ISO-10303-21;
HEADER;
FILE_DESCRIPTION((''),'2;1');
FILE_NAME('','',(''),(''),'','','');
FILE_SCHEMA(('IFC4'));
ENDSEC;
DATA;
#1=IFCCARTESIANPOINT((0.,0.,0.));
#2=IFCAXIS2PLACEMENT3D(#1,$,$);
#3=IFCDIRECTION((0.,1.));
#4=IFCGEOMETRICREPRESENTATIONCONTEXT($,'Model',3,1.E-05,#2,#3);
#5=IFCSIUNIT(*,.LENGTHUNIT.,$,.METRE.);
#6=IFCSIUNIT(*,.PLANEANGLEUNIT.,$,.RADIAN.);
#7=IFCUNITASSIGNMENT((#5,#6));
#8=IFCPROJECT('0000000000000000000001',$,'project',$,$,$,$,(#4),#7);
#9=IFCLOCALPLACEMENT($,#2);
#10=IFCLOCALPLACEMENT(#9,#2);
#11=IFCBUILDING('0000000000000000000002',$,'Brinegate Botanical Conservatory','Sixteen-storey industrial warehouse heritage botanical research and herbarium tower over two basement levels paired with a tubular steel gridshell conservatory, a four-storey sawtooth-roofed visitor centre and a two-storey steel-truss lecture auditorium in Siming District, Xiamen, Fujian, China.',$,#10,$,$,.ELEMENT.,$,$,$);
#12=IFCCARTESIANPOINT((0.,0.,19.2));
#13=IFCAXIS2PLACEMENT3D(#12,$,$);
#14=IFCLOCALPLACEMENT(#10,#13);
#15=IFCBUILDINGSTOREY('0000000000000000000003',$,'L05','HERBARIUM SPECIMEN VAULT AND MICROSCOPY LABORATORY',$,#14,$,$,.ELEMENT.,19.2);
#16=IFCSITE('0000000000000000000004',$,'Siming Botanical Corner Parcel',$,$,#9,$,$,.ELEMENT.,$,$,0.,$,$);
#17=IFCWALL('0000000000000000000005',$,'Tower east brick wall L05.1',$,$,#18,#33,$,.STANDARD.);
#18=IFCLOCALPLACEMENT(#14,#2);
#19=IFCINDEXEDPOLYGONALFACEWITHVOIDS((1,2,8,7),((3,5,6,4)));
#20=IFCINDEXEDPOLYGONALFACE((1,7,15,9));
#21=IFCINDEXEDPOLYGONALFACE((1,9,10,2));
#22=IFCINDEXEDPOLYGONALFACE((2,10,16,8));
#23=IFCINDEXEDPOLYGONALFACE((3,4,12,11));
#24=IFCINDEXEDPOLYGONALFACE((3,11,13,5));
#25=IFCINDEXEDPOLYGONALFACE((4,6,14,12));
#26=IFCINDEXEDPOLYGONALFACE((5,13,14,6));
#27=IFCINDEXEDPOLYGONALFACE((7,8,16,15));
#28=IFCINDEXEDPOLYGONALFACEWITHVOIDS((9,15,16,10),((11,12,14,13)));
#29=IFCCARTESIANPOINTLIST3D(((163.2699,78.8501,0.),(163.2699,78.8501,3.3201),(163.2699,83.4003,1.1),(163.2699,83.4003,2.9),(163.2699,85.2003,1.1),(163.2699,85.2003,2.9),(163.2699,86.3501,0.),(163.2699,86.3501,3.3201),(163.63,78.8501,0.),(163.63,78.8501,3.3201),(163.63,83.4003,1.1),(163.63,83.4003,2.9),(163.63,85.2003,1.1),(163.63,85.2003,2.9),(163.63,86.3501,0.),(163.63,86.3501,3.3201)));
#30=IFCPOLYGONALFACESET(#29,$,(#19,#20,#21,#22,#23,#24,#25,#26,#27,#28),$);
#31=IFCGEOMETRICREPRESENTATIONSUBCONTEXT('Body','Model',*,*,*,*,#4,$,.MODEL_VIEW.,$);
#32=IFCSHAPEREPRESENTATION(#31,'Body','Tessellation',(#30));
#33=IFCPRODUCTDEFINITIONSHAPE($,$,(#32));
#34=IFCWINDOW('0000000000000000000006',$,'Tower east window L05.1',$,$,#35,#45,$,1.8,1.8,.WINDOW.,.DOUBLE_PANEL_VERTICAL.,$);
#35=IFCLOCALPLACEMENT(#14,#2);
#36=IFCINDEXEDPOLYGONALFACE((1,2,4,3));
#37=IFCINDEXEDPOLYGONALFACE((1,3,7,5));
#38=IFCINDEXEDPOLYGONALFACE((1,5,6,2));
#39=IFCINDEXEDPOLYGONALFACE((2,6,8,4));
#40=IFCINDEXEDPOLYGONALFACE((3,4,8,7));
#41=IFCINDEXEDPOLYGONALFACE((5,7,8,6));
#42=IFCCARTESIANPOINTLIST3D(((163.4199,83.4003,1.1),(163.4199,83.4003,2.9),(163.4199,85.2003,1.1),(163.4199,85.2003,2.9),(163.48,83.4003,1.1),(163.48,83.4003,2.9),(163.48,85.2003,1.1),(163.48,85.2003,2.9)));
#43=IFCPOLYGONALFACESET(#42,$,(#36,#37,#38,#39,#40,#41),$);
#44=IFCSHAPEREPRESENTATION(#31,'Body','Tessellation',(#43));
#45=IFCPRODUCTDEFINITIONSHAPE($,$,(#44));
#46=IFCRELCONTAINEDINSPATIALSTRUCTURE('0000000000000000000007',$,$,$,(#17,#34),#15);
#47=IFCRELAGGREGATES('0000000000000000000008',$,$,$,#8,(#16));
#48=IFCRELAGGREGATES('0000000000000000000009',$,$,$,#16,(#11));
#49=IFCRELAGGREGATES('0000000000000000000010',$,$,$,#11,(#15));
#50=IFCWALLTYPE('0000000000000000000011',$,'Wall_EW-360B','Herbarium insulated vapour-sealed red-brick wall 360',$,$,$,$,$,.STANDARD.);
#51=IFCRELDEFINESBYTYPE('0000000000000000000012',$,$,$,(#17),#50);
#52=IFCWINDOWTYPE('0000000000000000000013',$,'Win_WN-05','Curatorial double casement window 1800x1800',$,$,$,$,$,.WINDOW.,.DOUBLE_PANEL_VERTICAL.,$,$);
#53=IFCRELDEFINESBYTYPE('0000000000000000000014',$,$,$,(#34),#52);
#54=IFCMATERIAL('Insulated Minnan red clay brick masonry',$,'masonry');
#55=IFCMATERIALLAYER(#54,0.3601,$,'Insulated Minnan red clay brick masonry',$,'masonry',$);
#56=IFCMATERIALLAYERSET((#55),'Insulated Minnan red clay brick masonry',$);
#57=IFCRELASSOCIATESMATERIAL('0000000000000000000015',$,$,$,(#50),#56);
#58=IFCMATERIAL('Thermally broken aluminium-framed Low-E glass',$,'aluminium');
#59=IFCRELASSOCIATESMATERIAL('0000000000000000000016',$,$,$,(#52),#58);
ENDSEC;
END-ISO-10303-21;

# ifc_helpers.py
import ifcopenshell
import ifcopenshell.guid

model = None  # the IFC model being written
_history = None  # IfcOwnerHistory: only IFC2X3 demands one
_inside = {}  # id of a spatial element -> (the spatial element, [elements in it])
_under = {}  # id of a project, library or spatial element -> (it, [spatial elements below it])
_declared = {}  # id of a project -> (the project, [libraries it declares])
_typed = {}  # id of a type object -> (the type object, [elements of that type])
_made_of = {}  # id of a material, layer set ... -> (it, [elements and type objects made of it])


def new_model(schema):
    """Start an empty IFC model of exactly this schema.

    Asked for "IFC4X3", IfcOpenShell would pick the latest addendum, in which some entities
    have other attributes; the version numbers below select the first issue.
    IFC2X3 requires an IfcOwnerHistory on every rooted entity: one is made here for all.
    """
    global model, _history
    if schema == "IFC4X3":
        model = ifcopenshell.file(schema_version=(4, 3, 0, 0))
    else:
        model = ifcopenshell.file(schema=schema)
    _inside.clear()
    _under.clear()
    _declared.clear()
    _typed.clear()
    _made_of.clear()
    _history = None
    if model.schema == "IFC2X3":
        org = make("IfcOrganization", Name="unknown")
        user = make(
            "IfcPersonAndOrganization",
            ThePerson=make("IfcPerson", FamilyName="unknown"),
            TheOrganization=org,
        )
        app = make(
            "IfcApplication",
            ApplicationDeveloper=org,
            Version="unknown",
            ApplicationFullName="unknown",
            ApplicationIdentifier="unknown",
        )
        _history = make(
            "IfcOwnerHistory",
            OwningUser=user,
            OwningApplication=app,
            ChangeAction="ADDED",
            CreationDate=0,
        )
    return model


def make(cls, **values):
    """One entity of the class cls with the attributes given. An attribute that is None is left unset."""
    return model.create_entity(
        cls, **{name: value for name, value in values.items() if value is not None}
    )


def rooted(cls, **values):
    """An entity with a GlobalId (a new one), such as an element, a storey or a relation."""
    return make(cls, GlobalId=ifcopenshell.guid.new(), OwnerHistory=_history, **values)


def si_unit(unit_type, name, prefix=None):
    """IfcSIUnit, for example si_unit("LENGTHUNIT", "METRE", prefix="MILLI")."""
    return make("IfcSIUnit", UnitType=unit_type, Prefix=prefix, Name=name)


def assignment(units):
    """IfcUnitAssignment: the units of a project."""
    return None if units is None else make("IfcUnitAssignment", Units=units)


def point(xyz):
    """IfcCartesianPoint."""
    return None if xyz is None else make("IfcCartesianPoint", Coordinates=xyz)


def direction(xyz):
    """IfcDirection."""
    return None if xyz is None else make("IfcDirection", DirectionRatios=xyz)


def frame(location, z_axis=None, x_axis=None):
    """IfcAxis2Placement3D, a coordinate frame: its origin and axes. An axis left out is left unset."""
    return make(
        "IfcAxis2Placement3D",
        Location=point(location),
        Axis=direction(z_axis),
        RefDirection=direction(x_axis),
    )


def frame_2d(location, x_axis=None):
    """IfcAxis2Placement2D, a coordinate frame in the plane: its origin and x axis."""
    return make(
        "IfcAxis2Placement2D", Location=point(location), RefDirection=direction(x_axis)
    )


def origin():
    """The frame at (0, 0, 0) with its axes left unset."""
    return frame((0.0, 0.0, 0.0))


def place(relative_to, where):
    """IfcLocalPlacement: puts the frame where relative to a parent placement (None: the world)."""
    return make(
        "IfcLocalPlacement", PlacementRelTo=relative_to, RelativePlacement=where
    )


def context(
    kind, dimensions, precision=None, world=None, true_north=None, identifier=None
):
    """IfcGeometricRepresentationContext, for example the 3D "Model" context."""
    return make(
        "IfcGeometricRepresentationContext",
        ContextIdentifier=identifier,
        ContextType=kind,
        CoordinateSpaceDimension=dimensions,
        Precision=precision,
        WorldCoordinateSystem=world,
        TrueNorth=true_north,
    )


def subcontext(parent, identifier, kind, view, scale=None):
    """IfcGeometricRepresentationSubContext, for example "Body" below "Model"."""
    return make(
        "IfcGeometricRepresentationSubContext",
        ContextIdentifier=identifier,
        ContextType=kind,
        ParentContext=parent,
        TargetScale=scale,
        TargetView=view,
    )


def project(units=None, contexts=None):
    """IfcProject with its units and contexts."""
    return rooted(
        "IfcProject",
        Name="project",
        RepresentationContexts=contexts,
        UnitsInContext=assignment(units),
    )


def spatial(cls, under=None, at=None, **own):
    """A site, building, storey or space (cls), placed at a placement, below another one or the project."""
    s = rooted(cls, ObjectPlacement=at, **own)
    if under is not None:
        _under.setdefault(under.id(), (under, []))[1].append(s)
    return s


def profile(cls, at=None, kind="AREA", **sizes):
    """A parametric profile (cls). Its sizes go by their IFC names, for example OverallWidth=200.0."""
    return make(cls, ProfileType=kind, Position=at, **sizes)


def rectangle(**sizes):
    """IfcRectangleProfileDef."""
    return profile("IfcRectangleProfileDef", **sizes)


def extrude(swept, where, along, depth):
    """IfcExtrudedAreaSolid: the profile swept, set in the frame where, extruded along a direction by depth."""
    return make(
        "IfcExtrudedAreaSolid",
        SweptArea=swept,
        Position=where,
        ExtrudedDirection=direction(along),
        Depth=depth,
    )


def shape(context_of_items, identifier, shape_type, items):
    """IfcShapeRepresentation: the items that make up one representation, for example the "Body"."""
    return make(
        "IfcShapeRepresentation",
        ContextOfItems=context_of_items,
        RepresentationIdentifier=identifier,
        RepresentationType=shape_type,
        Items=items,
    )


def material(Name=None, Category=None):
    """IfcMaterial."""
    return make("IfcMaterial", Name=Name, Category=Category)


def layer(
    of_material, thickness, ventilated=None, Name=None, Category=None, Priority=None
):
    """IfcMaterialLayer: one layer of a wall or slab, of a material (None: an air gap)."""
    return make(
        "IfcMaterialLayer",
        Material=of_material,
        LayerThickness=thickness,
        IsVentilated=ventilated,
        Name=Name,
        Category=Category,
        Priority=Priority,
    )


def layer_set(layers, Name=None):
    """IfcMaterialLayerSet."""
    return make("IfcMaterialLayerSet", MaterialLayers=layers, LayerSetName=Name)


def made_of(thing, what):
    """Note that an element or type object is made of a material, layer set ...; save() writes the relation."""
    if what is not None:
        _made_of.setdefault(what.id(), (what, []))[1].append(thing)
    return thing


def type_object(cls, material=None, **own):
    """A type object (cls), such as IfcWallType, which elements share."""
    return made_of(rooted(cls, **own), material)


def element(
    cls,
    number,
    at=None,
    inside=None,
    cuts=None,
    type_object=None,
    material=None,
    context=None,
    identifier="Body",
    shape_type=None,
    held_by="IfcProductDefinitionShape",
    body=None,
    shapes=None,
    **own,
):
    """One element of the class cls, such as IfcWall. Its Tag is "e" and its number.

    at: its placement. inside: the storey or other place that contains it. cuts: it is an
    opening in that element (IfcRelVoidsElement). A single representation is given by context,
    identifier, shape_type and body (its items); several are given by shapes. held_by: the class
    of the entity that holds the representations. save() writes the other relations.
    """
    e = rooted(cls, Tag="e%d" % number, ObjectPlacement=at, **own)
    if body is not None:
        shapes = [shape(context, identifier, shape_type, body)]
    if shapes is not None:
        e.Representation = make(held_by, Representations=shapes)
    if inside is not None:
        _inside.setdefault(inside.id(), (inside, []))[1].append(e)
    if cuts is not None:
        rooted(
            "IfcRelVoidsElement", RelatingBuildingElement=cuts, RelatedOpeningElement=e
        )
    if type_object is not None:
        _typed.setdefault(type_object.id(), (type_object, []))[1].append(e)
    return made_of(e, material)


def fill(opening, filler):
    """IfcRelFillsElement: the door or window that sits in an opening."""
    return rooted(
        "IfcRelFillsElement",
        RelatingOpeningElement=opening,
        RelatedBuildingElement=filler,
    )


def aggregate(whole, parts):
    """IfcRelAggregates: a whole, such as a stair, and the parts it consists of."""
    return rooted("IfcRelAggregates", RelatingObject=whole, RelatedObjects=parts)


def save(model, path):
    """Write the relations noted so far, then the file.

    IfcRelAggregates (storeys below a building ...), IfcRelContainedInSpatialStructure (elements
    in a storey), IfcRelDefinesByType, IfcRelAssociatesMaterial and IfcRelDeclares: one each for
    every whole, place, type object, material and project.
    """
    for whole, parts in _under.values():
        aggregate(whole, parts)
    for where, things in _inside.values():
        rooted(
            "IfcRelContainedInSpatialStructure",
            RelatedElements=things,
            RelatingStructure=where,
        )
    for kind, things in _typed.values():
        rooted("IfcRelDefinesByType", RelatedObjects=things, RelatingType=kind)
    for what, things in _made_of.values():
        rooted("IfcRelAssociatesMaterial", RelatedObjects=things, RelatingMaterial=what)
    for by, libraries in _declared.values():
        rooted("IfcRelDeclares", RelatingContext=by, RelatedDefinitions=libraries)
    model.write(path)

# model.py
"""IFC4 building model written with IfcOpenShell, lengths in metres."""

from ifc_helpers import new_model, si_unit, direction, frame, frame_2d, origin, place, context, subcontext, project, spatial, rectangle, extrude, material, layer, layer_set, type_object, element, fill, save


model = new_model("IFC4")

# Units and contexts
model_context = context("Model", 3, precision=1e-05, world=origin(), true_north=direction((0.0, 1.0)))
body_context = subcontext(model_context, "Body", "Model", "MODEL_VIEW")
ifc_project = project(units=[si_unit("LENGTHUNIT", "METRE"), si_unit("PLANEANGLEUNIT", "RADIAN")], contexts=[model_context])

# Site, building, storey
site_placement = place(None, origin())
site = spatial("IfcSite", under=ifc_project, at=site_placement, Name="Siming Botanical Corner Parcel", CompositionType="ELEMENT", RefElevation=0.0)
building_placement = place(site_placement, origin())
building = spatial("IfcBuilding", under=site, at=building_placement, Name="Brinegate Botanical Conservatory", Description="Sixteen-storey industrial warehouse heritage botanical research and herbarium tower over two basement levels paired with a tubular steel gridshell conservatory, a four-storey sawtooth-roofed visitor centre and a two-storey steel-truss lecture auditorium in Siming District, Xiamen, Fujian, China.", CompositionType="ELEMENT")
storey_placement = place(building_placement, frame((0.0, 0.0, 19.2)))
storey = spatial("IfcBuildingStorey", under=building, at=storey_placement, Name="L05", Description="HERBARIUM SPECIMEN VAULT AND MICROSCOPY LABORATORY", CompositionType="ELEMENT", Elevation=19.2)

# Wall, opening, window
ifc_material_1 = material(Name="Insulated Minnan red clay brick masonry", Category="masonry")
ifc_layer = layer(ifc_material_1, 0.3601, Name="Insulated Minnan red clay brick masonry", Category="masonry")
ifc_layer_set = layer_set([ifc_layer], Name="Insulated Minnan red clay brick masonry")
wall_type = type_object("IfcWallType", Name="Wall_EW-360B", Description="Herbarium insulated vapour-sealed red-brick wall 360", PredefinedType="STANDARD", material=ifc_layer_set)
ifc_material_2 = material(Name="Thermally broken aluminium-framed Low-E glass", Category="aluminium")
wall_1_placement = place(storey_placement, frame((163.45, 86.3501, 0.0), z_axis=(0.0, 0.0, 1.0), x_axis=(0.0, -1.0, 0.0)))
wall_1 = element("IfcWall", 1, at=wall_1_placement, inside=storey, type_object=wall_type, Name="Tower east brick wall L05.1", PredefinedType="STANDARD", context=body_context, shape_type="SweptSolid", body=[
    extrude(rectangle(XDim=7.5, YDim=0.3601, at=frame_2d((3.75, 0.0))), origin(), (0.0, 0.0, 1.0), 3.3201),
])
opening_1_placement = place(wall_1_placement, frame((1.1499, 0.0, 1.1001)))
opening_1 = element("IfcOpeningElement", 2, at=opening_1_placement, cuts=wall_1, PredefinedType="OPENING", context=body_context, shape_type="SweptSolid", body=[
    extrude(rectangle(XDim=1.8, YDim=1.8, at=frame_2d((0.8999, 0.8999))), frame((0.0, 0.1899, 0.0), z_axis=(0.0, -1.0, 0.0), x_axis=(1.0, 0.0, 0.0)), (0.0, 0.0, 1.0), 0.3801),
])
window_type_1 = type_object("IfcWindowType", Name="Win_WN-05", Description="Curatorial double casement window 1800x1800", PartitioningType="DOUBLE_PANEL_VERTICAL", PredefinedType="WINDOW", material=ifc_material_2)
window_1_placement = place(opening_1_placement, origin())
window_1 = element("IfcWindow", 3, at=window_1_placement, inside=storey, type_object=window_type_1, Name="Tower east window L05.1", OverallHeight=1.8, OverallWidth=1.8, PartitioningType="DOUBLE_PANEL_VERTICAL", PredefinedType="WINDOW", context=body_context, shape_type="SweptSolid", body=[
    extrude(rectangle(XDim=1.8, YDim=1.8, at=frame_2d((0.8999, 0.8999))), frame((0.0, 0.03, 0.0), z_axis=(0.0, -1.0, 0.0), x_axis=(1.0, 0.0, 0.0)), (0.0, 0.0, 1.0), 0.0601),
])
fill(opening_1, window_1)

save(model, "model.ifc")
